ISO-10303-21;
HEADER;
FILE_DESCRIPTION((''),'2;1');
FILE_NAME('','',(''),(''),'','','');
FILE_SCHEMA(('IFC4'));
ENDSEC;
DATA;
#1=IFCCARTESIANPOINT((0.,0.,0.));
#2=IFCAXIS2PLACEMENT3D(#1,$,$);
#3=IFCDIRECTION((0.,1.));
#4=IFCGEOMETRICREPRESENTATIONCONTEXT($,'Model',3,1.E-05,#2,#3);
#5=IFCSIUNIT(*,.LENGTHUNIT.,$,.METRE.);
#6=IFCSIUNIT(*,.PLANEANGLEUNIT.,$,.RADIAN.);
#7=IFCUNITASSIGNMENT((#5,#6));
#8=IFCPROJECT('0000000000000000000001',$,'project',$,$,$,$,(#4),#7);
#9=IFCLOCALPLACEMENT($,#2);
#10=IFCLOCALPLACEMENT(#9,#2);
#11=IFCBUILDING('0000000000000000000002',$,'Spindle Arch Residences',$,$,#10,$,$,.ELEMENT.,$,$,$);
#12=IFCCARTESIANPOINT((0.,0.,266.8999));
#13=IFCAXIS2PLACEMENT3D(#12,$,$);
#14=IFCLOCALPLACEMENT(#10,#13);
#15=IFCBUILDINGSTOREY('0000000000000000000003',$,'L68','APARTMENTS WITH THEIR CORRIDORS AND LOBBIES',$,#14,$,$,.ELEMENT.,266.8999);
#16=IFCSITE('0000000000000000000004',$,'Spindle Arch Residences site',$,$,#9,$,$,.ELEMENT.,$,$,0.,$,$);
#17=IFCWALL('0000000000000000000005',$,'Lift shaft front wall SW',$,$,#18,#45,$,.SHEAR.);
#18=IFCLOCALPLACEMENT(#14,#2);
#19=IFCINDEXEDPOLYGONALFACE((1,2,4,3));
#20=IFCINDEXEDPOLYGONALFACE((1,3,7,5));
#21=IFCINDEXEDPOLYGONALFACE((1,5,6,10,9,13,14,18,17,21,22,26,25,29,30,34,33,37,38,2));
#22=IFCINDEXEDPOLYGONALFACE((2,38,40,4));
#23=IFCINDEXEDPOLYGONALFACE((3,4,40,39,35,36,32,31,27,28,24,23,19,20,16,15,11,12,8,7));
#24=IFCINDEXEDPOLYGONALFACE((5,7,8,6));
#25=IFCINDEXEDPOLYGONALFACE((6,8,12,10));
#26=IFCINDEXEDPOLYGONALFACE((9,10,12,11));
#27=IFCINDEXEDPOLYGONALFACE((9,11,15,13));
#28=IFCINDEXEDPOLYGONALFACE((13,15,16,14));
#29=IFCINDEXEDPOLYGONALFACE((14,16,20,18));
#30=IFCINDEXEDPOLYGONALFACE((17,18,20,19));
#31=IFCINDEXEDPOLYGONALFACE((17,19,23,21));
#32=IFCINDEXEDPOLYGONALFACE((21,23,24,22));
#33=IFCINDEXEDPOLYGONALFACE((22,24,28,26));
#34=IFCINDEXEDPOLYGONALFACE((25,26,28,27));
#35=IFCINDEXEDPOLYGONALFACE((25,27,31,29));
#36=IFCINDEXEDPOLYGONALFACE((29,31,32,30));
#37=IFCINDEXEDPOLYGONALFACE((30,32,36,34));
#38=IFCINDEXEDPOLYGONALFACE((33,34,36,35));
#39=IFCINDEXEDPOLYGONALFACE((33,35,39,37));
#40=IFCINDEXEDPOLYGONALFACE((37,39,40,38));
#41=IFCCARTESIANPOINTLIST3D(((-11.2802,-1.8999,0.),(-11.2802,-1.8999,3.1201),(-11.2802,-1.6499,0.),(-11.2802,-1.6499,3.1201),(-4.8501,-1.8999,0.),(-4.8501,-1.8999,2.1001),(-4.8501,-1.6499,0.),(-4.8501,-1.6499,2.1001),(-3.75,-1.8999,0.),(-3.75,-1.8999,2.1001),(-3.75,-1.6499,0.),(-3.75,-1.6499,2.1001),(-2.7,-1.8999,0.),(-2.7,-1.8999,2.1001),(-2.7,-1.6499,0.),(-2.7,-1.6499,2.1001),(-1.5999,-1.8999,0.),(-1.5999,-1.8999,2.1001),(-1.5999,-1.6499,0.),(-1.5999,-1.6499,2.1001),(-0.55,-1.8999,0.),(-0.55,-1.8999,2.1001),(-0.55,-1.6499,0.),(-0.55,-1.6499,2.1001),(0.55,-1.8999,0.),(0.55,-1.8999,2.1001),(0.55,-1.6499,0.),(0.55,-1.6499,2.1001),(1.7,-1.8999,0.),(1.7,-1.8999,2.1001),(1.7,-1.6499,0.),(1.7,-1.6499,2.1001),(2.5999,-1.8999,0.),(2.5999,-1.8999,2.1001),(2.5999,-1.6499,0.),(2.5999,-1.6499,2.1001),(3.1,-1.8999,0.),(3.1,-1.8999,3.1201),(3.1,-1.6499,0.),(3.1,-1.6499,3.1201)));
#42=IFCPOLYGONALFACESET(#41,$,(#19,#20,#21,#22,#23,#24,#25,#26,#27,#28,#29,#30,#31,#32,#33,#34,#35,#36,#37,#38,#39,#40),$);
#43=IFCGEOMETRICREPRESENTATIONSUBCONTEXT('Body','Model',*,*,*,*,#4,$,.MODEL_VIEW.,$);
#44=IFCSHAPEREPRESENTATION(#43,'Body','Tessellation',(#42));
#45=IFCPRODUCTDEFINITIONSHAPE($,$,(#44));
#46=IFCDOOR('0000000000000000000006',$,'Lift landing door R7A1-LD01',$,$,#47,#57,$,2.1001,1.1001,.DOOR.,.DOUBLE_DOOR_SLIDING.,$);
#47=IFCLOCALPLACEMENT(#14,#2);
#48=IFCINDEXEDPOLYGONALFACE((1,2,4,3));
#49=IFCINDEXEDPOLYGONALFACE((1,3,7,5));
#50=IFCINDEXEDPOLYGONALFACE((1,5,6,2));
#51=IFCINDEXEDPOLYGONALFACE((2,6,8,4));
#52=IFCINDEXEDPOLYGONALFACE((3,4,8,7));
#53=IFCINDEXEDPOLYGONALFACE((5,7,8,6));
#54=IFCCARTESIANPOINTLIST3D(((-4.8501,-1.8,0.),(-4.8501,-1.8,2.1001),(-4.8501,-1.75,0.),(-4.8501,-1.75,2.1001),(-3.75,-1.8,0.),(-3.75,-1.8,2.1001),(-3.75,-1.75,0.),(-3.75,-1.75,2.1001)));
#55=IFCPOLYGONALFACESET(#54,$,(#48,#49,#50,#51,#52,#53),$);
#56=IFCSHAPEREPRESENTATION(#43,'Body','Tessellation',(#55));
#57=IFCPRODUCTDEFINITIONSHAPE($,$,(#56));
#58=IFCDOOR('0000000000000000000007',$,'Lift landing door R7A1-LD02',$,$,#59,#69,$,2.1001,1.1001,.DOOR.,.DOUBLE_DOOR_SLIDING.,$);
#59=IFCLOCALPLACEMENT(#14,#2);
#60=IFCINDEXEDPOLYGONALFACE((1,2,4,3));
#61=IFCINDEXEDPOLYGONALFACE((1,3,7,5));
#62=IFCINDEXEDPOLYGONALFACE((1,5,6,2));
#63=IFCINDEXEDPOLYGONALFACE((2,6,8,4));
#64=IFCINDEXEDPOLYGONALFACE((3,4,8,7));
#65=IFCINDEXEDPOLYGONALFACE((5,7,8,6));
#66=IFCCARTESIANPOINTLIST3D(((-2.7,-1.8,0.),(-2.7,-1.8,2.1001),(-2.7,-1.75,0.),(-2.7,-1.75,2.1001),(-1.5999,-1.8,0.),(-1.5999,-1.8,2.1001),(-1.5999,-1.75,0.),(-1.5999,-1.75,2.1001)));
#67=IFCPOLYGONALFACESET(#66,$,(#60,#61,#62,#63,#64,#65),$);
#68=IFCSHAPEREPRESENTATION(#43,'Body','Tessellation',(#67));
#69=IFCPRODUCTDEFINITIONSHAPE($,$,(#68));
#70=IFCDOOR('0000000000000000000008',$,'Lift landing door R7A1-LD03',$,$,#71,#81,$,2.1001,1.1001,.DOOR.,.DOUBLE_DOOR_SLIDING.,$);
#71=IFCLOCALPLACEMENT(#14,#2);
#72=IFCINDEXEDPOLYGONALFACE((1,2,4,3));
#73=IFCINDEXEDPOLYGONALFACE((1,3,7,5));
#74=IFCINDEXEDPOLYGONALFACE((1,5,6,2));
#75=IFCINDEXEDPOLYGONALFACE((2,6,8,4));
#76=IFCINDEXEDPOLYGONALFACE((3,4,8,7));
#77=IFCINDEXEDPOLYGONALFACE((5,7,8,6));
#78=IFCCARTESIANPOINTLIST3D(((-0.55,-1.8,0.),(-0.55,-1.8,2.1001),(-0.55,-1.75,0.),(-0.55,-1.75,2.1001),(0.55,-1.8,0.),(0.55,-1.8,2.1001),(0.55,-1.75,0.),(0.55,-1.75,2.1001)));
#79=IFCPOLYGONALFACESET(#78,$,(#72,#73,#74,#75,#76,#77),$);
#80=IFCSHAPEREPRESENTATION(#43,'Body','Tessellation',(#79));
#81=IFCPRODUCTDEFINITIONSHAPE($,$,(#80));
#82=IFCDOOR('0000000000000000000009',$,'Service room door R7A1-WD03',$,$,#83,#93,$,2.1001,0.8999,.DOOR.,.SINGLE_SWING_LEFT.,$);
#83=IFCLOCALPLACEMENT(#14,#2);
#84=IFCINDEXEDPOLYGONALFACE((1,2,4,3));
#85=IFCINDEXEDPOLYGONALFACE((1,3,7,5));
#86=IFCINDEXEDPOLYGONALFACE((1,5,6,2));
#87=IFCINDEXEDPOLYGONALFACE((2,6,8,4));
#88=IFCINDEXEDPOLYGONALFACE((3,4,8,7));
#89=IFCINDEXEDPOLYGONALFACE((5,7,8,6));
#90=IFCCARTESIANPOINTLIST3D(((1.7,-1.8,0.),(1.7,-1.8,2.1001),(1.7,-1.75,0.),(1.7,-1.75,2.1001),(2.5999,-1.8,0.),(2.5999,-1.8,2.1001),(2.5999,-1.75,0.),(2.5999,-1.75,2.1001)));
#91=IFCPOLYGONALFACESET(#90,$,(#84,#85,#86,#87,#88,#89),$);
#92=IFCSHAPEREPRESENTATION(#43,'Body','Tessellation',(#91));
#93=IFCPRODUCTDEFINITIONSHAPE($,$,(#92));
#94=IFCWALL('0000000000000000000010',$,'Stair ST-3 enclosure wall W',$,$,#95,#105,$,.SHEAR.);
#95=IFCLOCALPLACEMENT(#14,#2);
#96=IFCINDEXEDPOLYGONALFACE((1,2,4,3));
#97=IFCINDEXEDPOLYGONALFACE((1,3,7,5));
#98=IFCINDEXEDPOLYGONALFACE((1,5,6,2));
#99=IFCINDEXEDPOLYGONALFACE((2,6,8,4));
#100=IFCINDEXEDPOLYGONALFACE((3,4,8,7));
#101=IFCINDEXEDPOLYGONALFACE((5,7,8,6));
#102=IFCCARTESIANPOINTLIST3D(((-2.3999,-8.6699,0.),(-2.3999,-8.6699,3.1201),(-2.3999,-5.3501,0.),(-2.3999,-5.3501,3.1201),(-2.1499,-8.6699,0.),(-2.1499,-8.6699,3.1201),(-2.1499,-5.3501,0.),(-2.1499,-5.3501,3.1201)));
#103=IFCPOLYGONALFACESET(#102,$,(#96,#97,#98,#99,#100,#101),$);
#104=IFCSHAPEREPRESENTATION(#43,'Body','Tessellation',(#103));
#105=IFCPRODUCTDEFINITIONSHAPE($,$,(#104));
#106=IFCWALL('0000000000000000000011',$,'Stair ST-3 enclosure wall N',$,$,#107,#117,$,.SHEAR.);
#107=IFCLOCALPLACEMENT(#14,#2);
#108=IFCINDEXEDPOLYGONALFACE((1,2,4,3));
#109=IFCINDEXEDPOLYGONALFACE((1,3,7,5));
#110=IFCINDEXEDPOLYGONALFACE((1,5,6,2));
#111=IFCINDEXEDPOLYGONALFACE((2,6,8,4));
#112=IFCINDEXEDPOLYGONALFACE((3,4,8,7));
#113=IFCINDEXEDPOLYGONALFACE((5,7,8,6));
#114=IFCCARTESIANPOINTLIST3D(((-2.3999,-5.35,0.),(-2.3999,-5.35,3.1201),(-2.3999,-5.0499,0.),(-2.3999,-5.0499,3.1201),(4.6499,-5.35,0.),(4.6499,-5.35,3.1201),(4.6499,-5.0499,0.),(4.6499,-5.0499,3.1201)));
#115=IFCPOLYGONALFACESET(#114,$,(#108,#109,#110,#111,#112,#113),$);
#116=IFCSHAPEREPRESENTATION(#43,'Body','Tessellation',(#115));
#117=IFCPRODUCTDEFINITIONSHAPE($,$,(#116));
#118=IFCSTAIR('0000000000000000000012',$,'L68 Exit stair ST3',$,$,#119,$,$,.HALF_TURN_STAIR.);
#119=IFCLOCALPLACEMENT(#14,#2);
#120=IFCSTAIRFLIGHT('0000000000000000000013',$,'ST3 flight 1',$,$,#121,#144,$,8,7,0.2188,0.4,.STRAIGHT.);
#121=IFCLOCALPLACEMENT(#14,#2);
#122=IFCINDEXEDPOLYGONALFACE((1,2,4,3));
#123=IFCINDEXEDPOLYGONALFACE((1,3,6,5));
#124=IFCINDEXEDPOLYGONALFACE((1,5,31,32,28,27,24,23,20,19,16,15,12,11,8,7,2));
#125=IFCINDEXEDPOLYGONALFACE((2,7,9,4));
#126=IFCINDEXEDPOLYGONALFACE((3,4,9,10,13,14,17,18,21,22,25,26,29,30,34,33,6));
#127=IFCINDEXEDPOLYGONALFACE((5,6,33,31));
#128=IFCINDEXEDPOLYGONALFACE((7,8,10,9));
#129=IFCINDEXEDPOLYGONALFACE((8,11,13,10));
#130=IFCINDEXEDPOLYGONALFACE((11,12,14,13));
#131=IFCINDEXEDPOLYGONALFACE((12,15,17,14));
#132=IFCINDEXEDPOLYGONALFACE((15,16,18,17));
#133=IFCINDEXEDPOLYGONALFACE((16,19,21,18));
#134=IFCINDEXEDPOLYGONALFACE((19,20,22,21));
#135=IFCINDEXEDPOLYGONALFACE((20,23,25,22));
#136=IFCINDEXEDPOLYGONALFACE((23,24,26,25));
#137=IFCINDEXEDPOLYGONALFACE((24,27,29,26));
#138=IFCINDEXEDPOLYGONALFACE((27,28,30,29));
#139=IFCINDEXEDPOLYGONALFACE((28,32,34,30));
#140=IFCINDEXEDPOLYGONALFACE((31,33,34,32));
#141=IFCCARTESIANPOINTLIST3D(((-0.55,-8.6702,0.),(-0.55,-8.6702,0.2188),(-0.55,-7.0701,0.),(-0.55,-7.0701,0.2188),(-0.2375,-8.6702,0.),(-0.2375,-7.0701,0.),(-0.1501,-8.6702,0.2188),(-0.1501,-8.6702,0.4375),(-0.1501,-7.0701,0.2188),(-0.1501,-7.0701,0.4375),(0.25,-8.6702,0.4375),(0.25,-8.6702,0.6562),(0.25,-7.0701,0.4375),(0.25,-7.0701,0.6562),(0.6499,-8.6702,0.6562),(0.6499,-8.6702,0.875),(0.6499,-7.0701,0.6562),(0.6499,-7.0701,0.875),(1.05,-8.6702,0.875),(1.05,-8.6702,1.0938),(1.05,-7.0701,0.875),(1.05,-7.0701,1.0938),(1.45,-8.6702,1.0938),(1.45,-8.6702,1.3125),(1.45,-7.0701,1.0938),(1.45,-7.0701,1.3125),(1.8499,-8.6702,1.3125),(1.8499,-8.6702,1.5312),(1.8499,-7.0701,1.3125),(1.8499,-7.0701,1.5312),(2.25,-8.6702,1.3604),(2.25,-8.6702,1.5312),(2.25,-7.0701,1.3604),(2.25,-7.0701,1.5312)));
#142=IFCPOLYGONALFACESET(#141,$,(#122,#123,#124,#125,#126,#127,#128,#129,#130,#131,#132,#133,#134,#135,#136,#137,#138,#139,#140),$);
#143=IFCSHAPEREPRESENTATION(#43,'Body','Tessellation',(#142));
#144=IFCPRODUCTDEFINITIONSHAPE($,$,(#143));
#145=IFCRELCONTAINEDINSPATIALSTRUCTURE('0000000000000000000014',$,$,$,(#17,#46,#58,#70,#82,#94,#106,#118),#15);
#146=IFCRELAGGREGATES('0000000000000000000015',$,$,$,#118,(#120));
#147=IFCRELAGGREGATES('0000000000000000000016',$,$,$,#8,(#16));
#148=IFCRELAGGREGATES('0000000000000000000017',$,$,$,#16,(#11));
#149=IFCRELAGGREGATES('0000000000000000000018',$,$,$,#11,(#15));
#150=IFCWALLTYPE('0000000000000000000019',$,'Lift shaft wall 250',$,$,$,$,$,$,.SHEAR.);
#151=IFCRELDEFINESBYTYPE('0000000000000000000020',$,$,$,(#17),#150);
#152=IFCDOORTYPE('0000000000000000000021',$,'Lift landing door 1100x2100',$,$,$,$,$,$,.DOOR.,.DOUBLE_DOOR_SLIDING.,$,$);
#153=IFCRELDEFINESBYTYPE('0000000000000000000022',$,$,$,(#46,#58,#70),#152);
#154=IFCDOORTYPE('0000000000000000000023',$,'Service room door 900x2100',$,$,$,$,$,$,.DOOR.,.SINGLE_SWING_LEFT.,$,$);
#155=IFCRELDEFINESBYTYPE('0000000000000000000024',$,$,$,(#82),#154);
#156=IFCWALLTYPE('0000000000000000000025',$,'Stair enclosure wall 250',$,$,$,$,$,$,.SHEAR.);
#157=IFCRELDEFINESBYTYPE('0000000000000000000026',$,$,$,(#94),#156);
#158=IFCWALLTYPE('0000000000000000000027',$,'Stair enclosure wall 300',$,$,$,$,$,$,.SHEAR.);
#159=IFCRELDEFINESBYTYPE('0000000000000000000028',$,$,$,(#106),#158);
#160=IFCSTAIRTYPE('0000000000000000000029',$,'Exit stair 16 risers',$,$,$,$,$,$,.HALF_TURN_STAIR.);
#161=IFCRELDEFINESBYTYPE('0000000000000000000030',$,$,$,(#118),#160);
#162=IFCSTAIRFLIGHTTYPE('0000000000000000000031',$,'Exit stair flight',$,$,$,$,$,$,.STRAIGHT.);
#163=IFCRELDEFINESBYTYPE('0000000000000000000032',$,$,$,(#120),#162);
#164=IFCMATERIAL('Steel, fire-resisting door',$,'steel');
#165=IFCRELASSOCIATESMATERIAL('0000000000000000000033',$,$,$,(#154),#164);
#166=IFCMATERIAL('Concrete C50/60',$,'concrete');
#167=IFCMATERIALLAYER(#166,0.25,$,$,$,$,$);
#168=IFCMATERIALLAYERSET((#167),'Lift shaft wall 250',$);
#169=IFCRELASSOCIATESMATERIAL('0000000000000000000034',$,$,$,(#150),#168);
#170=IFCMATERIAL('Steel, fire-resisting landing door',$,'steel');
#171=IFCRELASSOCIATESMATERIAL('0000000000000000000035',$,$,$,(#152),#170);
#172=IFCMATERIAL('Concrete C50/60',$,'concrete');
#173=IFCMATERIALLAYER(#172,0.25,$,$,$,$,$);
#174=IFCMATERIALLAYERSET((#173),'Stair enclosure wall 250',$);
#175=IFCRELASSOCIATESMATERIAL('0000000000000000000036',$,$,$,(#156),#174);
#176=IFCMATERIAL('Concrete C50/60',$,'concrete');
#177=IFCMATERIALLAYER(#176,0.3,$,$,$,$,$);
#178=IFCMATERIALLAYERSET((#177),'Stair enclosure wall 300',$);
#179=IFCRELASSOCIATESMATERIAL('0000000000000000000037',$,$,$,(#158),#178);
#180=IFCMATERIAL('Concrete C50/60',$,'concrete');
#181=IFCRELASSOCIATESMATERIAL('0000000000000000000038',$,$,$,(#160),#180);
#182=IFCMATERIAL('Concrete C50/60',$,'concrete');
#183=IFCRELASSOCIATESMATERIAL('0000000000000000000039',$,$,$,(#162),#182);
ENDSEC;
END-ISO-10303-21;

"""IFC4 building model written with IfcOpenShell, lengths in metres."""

from ifc_helpers import new_model, si_unit, direction, frame, frame_2d, origin, place, context, subcontext, project, spatial, polyline, rectangle, outline, extrude, material, layer, layer_set, type_object, element, fill, aggregate, save


model = new_model("IFC4")

# Units and contexts
model_context = context("Model", 3, precision=1e-05, world=origin(), true_north=direction((0.0, 1.0)))
body_context = subcontext(model_context, "Body", "Model", "MODEL_VIEW")
ifc_project = project(units=[si_unit("LENGTHUNIT", "METRE"), si_unit("PLANEANGLEUNIT", "RADIAN")], contexts=[model_context])

# Site, building, storey
site_placement = place(None, origin())
site = spatial("IfcSite", under=ifc_project, at=site_placement, Name="Spindle Arch Residences site", CompositionType="ELEMENT", RefElevation=0.0)
building_placement = place(site_placement, origin())
building = spatial("IfcBuilding", under=site, at=building_placement, Name="Spindle Arch Residences", CompositionType="ELEMENT")
storey_placement = place(building_placement, frame((0.0, 0.0, 266.8999)))
storey = spatial("IfcBuildingStorey", under=building, at=storey_placement, Name="L68", Description="APARTMENTS WITH THEIR CORRIDORS AND LOBBIES", CompositionType="ELEMENT", Elevation=266.8999)

# Shared definitions
ifc_material_1 = material(Name="Steel, fire-resisting door", Category="steel")
door_type_1 = type_object("IfcDoorType", Name="Service room door 900x2100", OperationType="SINGLE_SWING_LEFT", PredefinedType="DOOR", material=ifc_material_1)

# Wall, openings, doors
ifc_material_2 = material(Name="Concrete C50/60", Category="concrete")
ifc_layer_1 = layer(ifc_material_2, 0.25)
ifc_layer_set_1 = layer_set([ifc_layer_1], Name="Lift shaft wall 250")
wall_type_1 = type_object("IfcWallType", Name="Lift shaft wall 250", PredefinedType="SHEAR", material=ifc_layer_set_1)
wall_1_placement = place(storey_placement, frame((-11.28, -1.7749, 0.0), z_axis=(0.0, 0.0, 1.0), x_axis=(1.0, 0.0, 0.0)))
wall_1 = element("IfcWall", 1, at=wall_1_placement, inside=storey, type_object=wall_type_1, Name="Lift shaft front wall SW", PredefinedType="SHEAR", context=body_context, shape_type="SweptSolid", body=[
    extrude(rectangle(XDim=14.3801, YDim=0.25, at=frame_2d((7.1899, 0.0))), origin(), (0.0, 0.0, 1.0), 3.1201),
])
opening_1_placement = place(wall_1_placement, frame((6.4299, 0.0, 0.0)))
opening_1 = element("IfcOpeningElement", 2, at=opening_1_placement, cuts=wall_1, PredefinedType="OPENING", context=body_context, shape_type="SweptSolid", body=[
    extrude(rectangle(XDim=1.1001, YDim=2.1001, at=frame_2d((0.55, 1.05))), frame((0.0, 0.135, 0.0), z_axis=(0.0, -1.0, 0.0), x_axis=(1.0, 0.0, 0.0)), (0.0, 0.0, 1.0), 0.27),
])
opening_2_placement = place(wall_1_placement, frame((8.5801, 0.0, 0.0)))
opening_2 = element("IfcOpeningElement", 3, at=opening_2_placement, cuts=wall_1, PredefinedType="OPENING", context=body_context, shape_type="SweptSolid", body=[
    extrude(rectangle(XDim=1.1001, YDim=2.1001, at=frame_2d((0.55, 1.05))), frame((0.0, 0.135, 0.0), z_axis=(0.0, -1.0, 0.0), x_axis=(1.0, 0.0, 0.0)), (0.0, 0.0, 1.0), 0.27),
])
opening_3_placement = place(wall_1_placement, frame((10.73, 0.0, 0.0)))
opening_3 = element("IfcOpeningElement", 4, at=opening_3_placement, cuts=wall_1, PredefinedType="OPENING", context=body_context, shape_type="SweptSolid", body=[
    extrude(rectangle(XDim=1.1001, YDim=2.1001, at=frame_2d((0.55, 1.05))), frame((0.0, 0.135, 0.0), z_axis=(0.0, -1.0, 0.0), x_axis=(1.0, 0.0, 0.0)), (0.0, 0.0, 1.0), 0.27),
])
opening_4_placement = place(wall_1_placement, frame((12.98, 0.0, 0.0)))
opening_4 = element("IfcOpeningElement", 5, at=opening_4_placement, cuts=wall_1, PredefinedType="OPENING", context=body_context, shape_type="SweptSolid", body=[
    extrude(rectangle(XDim=0.8999, YDim=2.1001, at=frame_2d((0.45, 1.05))), frame((0.0, 0.135, 0.0), z_axis=(0.0, -1.0, 0.0), x_axis=(1.0, 0.0, 0.0)), (0.0, 0.0, 1.0), 0.27),
])
ifc_material_3 = material(Name="Steel, fire-resisting landing door", Category="steel")
door_type_2 = type_object("IfcDoorType", Name="Lift landing door 1100x2100", OperationType="DOUBLE_DOOR_SLIDING", PredefinedType="DOOR", material=ifc_material_3)
door_1_placement = place(opening_1_placement, origin())
door_1 = element("IfcDoor", 6, at=door_1_placement, inside=storey, type_object=door_type_2, Name="Lift landing door R7A1-LD01", OperationType="DOUBLE_DOOR_SLIDING", OverallHeight=2.1001, OverallWidth=1.1001, PredefinedType="DOOR", context=body_context, shape_type="SweptSolid", body=[
    extrude(rectangle(XDim=1.1001, YDim=2.1001, at=frame_2d((0.55, 1.05))), frame((0.0, 0.0249, 0.0), z_axis=(0.0, -1.0, 0.0), x_axis=(1.0, 0.0, 0.0)), (0.0, 0.0, 1.0), 0.05),
])
fill(opening_1, door_1)
door_2_placement = place(opening_2_placement, origin())
door_2 = element("IfcDoor", 7, at=door_2_placement, inside=storey, type_object=door_type_2, Name="Lift landing door R7A1-LD02", OperationType="DOUBLE_DOOR_SLIDING", OverallHeight=2.1001, OverallWidth=1.1001, PredefinedType="DOOR", context=body_context, shape_type="SweptSolid", body=[
    extrude(rectangle(XDim=1.1001, YDim=2.1001, at=frame_2d((0.55, 1.05))), frame((0.0, 0.0249, 0.0), z_axis=(0.0, -1.0, 0.0), x_axis=(1.0, 0.0, 0.0)), (0.0, 0.0, 1.0), 0.05),
])
fill(opening_2, door_2)
door_3_placement = place(opening_3_placement, origin())
door_3 = element("IfcDoor", 8, at=door_3_placement, inside=storey, type_object=door_type_2, Name="Lift landing door R7A1-LD03", OperationType="DOUBLE_DOOR_SLIDING", OverallHeight=2.1001, OverallWidth=1.1001, PredefinedType="DOOR", context=body_context, shape_type="SweptSolid", body=[
    extrude(rectangle(XDim=1.1001, YDim=2.1001, at=frame_2d((0.55, 1.05))), frame((0.0, 0.0249, 0.0), z_axis=(0.0, -1.0, 0.0), x_axis=(1.0, 0.0, 0.0)), (0.0, 0.0, 1.0), 0.05),
])
fill(opening_3, door_3)
door_4_placement = place(opening_4_placement, origin())
door_4 = element("IfcDoor", 9, at=door_4_placement, inside=storey, type_object=door_type_1, Name="Service room door R7A1-WD03", OperationType="SINGLE_SWING_LEFT", OverallHeight=2.1001, OverallWidth=0.8999, PredefinedType="DOOR", context=body_context, shape_type="SweptSolid", body=[
    extrude(rectangle(XDim=0.8999, YDim=2.1001, at=frame_2d((0.45, 1.05))), frame((0.0, 0.0249, 0.0), z_axis=(0.0, -1.0, 0.0), x_axis=(1.0, 0.0, 0.0)), (0.0, 0.0, 1.0), 0.05),
])
fill(opening_4, door_4)

# Walls
ifc_material_4 = material(Name="Concrete C50/60", Category="concrete")
ifc_layer_2 = layer(ifc_material_4, 0.25)
ifc_layer_set_2 = layer_set([ifc_layer_2], Name="Stair enclosure wall 250")
wall_type_2 = type_object("IfcWallType", Name="Stair enclosure wall 250", PredefinedType="SHEAR", material=ifc_layer_set_2)
wall_2_placement = place(storey_placement, frame((-2.2749, -8.6699, 0.0), z_axis=(0.0, 0.0, 1.0), x_axis=(0.0, 1.0, 0.0)))
element("IfcWall", 10, at=wall_2_placement, inside=storey, type_object=wall_type_2, Name="Stair ST-3 enclosure wall W", PredefinedType="SHEAR", context=body_context, shape_type="SweptSolid", body=[
    extrude(rectangle(XDim=3.3198, YDim=0.25, at=frame_2d((1.6599, 0.0))), origin(), (0.0, 0.0, 1.0), 3.1201),
])
ifc_material_5 = material(Name="Concrete C50/60", Category="concrete")
ifc_layer_3 = layer(ifc_material_5, 0.3)
ifc_layer_set_3 = layer_set([ifc_layer_3], Name="Stair enclosure wall 300")
wall_type_3 = type_object("IfcWallType", Name="Stair enclosure wall 300", PredefinedType="SHEAR", material=ifc_layer_set_3)
wall_3_placement = place(storey_placement, frame((-2.3999, -5.2, 0.0), z_axis=(0.0, 0.0, 1.0), x_axis=(1.0, 0.0, 0.0)))
element("IfcWall", 11, at=wall_3_placement, inside=storey, type_object=wall_type_3, Name="Stair ST-3 enclosure wall N", PredefinedType="SHEAR", context=body_context, shape_type="SweptSolid", body=[
    extrude(rectangle(XDim=7.0498, YDim=0.3, at=frame_2d((3.5249, 0.0))), origin(), (0.0, 0.0, 1.0), 3.1201),
])

# Stair, stair flight
ifc_material_6 = material(Name="Concrete C50/60", Category="concrete")
stair_type = type_object("IfcStairType", Name="Exit stair 16 risers", PredefinedType="HALF_TURN_STAIR", material=ifc_material_6)
stair_placement = place(storey_placement, origin())
stair = element("IfcStair", 12, at=stair_placement, inside=storey, type_object=stair_type, Name="L68 Exit stair ST3", PredefinedType="HALF_TURN_STAIR")
ifc_material_7 = material(Name="Concrete C50/60", Category="concrete")
stair_flight_type = type_object("IfcStairFlightType", Name="Exit stair flight", PredefinedType="STRAIGHT", material=ifc_material_7)
stair_flight_placement = place(storey_placement, frame((-0.55, -7.8701, 0.0), z_axis=(0.0, 0.0, 1.0), x_axis=(1.0, 0.0, 0.0)))
stair_flight = element("IfcStairFlight", 13, at=stair_flight_placement, type_object=stair_flight_type, Name="ST3 flight 1", NumberOfRisers=8, NumberOfTreads=7, PredefinedType="STRAIGHT", RiserHeight=0.2188, TreadLength=0.4, context=body_context, shape_type="SweptSolid", body=[
    extrude(outline(polyline([(0.0, 0.0), (0.0, 0.2188), (0.3999, 0.2188), (0.3999, 0.4375), (0.8, 0.4375), (0.8, 0.6562), (1.2, 0.6562), (1.2, 0.875), (1.6001, 0.875), (1.6001, 1.0938), (2.0, 1.0938), (2.0, 1.3125), (2.3999, 1.3125), (2.3999, 1.5312), (2.8, 1.5312), (2.8, 1.75), (2.8, 1.3604), (0.3125, 0.0), (0.0, 0.0)])), frame((0.0, 0.8, 0.0), z_axis=(0.0, -1.0, 0.0), x_axis=(1.0, 0.0, 0.0)), (0.0, 0.0, 1.0), 1.6001),
])
aggregate(stair, [stair_flight])

save(model, "model.ifc")
